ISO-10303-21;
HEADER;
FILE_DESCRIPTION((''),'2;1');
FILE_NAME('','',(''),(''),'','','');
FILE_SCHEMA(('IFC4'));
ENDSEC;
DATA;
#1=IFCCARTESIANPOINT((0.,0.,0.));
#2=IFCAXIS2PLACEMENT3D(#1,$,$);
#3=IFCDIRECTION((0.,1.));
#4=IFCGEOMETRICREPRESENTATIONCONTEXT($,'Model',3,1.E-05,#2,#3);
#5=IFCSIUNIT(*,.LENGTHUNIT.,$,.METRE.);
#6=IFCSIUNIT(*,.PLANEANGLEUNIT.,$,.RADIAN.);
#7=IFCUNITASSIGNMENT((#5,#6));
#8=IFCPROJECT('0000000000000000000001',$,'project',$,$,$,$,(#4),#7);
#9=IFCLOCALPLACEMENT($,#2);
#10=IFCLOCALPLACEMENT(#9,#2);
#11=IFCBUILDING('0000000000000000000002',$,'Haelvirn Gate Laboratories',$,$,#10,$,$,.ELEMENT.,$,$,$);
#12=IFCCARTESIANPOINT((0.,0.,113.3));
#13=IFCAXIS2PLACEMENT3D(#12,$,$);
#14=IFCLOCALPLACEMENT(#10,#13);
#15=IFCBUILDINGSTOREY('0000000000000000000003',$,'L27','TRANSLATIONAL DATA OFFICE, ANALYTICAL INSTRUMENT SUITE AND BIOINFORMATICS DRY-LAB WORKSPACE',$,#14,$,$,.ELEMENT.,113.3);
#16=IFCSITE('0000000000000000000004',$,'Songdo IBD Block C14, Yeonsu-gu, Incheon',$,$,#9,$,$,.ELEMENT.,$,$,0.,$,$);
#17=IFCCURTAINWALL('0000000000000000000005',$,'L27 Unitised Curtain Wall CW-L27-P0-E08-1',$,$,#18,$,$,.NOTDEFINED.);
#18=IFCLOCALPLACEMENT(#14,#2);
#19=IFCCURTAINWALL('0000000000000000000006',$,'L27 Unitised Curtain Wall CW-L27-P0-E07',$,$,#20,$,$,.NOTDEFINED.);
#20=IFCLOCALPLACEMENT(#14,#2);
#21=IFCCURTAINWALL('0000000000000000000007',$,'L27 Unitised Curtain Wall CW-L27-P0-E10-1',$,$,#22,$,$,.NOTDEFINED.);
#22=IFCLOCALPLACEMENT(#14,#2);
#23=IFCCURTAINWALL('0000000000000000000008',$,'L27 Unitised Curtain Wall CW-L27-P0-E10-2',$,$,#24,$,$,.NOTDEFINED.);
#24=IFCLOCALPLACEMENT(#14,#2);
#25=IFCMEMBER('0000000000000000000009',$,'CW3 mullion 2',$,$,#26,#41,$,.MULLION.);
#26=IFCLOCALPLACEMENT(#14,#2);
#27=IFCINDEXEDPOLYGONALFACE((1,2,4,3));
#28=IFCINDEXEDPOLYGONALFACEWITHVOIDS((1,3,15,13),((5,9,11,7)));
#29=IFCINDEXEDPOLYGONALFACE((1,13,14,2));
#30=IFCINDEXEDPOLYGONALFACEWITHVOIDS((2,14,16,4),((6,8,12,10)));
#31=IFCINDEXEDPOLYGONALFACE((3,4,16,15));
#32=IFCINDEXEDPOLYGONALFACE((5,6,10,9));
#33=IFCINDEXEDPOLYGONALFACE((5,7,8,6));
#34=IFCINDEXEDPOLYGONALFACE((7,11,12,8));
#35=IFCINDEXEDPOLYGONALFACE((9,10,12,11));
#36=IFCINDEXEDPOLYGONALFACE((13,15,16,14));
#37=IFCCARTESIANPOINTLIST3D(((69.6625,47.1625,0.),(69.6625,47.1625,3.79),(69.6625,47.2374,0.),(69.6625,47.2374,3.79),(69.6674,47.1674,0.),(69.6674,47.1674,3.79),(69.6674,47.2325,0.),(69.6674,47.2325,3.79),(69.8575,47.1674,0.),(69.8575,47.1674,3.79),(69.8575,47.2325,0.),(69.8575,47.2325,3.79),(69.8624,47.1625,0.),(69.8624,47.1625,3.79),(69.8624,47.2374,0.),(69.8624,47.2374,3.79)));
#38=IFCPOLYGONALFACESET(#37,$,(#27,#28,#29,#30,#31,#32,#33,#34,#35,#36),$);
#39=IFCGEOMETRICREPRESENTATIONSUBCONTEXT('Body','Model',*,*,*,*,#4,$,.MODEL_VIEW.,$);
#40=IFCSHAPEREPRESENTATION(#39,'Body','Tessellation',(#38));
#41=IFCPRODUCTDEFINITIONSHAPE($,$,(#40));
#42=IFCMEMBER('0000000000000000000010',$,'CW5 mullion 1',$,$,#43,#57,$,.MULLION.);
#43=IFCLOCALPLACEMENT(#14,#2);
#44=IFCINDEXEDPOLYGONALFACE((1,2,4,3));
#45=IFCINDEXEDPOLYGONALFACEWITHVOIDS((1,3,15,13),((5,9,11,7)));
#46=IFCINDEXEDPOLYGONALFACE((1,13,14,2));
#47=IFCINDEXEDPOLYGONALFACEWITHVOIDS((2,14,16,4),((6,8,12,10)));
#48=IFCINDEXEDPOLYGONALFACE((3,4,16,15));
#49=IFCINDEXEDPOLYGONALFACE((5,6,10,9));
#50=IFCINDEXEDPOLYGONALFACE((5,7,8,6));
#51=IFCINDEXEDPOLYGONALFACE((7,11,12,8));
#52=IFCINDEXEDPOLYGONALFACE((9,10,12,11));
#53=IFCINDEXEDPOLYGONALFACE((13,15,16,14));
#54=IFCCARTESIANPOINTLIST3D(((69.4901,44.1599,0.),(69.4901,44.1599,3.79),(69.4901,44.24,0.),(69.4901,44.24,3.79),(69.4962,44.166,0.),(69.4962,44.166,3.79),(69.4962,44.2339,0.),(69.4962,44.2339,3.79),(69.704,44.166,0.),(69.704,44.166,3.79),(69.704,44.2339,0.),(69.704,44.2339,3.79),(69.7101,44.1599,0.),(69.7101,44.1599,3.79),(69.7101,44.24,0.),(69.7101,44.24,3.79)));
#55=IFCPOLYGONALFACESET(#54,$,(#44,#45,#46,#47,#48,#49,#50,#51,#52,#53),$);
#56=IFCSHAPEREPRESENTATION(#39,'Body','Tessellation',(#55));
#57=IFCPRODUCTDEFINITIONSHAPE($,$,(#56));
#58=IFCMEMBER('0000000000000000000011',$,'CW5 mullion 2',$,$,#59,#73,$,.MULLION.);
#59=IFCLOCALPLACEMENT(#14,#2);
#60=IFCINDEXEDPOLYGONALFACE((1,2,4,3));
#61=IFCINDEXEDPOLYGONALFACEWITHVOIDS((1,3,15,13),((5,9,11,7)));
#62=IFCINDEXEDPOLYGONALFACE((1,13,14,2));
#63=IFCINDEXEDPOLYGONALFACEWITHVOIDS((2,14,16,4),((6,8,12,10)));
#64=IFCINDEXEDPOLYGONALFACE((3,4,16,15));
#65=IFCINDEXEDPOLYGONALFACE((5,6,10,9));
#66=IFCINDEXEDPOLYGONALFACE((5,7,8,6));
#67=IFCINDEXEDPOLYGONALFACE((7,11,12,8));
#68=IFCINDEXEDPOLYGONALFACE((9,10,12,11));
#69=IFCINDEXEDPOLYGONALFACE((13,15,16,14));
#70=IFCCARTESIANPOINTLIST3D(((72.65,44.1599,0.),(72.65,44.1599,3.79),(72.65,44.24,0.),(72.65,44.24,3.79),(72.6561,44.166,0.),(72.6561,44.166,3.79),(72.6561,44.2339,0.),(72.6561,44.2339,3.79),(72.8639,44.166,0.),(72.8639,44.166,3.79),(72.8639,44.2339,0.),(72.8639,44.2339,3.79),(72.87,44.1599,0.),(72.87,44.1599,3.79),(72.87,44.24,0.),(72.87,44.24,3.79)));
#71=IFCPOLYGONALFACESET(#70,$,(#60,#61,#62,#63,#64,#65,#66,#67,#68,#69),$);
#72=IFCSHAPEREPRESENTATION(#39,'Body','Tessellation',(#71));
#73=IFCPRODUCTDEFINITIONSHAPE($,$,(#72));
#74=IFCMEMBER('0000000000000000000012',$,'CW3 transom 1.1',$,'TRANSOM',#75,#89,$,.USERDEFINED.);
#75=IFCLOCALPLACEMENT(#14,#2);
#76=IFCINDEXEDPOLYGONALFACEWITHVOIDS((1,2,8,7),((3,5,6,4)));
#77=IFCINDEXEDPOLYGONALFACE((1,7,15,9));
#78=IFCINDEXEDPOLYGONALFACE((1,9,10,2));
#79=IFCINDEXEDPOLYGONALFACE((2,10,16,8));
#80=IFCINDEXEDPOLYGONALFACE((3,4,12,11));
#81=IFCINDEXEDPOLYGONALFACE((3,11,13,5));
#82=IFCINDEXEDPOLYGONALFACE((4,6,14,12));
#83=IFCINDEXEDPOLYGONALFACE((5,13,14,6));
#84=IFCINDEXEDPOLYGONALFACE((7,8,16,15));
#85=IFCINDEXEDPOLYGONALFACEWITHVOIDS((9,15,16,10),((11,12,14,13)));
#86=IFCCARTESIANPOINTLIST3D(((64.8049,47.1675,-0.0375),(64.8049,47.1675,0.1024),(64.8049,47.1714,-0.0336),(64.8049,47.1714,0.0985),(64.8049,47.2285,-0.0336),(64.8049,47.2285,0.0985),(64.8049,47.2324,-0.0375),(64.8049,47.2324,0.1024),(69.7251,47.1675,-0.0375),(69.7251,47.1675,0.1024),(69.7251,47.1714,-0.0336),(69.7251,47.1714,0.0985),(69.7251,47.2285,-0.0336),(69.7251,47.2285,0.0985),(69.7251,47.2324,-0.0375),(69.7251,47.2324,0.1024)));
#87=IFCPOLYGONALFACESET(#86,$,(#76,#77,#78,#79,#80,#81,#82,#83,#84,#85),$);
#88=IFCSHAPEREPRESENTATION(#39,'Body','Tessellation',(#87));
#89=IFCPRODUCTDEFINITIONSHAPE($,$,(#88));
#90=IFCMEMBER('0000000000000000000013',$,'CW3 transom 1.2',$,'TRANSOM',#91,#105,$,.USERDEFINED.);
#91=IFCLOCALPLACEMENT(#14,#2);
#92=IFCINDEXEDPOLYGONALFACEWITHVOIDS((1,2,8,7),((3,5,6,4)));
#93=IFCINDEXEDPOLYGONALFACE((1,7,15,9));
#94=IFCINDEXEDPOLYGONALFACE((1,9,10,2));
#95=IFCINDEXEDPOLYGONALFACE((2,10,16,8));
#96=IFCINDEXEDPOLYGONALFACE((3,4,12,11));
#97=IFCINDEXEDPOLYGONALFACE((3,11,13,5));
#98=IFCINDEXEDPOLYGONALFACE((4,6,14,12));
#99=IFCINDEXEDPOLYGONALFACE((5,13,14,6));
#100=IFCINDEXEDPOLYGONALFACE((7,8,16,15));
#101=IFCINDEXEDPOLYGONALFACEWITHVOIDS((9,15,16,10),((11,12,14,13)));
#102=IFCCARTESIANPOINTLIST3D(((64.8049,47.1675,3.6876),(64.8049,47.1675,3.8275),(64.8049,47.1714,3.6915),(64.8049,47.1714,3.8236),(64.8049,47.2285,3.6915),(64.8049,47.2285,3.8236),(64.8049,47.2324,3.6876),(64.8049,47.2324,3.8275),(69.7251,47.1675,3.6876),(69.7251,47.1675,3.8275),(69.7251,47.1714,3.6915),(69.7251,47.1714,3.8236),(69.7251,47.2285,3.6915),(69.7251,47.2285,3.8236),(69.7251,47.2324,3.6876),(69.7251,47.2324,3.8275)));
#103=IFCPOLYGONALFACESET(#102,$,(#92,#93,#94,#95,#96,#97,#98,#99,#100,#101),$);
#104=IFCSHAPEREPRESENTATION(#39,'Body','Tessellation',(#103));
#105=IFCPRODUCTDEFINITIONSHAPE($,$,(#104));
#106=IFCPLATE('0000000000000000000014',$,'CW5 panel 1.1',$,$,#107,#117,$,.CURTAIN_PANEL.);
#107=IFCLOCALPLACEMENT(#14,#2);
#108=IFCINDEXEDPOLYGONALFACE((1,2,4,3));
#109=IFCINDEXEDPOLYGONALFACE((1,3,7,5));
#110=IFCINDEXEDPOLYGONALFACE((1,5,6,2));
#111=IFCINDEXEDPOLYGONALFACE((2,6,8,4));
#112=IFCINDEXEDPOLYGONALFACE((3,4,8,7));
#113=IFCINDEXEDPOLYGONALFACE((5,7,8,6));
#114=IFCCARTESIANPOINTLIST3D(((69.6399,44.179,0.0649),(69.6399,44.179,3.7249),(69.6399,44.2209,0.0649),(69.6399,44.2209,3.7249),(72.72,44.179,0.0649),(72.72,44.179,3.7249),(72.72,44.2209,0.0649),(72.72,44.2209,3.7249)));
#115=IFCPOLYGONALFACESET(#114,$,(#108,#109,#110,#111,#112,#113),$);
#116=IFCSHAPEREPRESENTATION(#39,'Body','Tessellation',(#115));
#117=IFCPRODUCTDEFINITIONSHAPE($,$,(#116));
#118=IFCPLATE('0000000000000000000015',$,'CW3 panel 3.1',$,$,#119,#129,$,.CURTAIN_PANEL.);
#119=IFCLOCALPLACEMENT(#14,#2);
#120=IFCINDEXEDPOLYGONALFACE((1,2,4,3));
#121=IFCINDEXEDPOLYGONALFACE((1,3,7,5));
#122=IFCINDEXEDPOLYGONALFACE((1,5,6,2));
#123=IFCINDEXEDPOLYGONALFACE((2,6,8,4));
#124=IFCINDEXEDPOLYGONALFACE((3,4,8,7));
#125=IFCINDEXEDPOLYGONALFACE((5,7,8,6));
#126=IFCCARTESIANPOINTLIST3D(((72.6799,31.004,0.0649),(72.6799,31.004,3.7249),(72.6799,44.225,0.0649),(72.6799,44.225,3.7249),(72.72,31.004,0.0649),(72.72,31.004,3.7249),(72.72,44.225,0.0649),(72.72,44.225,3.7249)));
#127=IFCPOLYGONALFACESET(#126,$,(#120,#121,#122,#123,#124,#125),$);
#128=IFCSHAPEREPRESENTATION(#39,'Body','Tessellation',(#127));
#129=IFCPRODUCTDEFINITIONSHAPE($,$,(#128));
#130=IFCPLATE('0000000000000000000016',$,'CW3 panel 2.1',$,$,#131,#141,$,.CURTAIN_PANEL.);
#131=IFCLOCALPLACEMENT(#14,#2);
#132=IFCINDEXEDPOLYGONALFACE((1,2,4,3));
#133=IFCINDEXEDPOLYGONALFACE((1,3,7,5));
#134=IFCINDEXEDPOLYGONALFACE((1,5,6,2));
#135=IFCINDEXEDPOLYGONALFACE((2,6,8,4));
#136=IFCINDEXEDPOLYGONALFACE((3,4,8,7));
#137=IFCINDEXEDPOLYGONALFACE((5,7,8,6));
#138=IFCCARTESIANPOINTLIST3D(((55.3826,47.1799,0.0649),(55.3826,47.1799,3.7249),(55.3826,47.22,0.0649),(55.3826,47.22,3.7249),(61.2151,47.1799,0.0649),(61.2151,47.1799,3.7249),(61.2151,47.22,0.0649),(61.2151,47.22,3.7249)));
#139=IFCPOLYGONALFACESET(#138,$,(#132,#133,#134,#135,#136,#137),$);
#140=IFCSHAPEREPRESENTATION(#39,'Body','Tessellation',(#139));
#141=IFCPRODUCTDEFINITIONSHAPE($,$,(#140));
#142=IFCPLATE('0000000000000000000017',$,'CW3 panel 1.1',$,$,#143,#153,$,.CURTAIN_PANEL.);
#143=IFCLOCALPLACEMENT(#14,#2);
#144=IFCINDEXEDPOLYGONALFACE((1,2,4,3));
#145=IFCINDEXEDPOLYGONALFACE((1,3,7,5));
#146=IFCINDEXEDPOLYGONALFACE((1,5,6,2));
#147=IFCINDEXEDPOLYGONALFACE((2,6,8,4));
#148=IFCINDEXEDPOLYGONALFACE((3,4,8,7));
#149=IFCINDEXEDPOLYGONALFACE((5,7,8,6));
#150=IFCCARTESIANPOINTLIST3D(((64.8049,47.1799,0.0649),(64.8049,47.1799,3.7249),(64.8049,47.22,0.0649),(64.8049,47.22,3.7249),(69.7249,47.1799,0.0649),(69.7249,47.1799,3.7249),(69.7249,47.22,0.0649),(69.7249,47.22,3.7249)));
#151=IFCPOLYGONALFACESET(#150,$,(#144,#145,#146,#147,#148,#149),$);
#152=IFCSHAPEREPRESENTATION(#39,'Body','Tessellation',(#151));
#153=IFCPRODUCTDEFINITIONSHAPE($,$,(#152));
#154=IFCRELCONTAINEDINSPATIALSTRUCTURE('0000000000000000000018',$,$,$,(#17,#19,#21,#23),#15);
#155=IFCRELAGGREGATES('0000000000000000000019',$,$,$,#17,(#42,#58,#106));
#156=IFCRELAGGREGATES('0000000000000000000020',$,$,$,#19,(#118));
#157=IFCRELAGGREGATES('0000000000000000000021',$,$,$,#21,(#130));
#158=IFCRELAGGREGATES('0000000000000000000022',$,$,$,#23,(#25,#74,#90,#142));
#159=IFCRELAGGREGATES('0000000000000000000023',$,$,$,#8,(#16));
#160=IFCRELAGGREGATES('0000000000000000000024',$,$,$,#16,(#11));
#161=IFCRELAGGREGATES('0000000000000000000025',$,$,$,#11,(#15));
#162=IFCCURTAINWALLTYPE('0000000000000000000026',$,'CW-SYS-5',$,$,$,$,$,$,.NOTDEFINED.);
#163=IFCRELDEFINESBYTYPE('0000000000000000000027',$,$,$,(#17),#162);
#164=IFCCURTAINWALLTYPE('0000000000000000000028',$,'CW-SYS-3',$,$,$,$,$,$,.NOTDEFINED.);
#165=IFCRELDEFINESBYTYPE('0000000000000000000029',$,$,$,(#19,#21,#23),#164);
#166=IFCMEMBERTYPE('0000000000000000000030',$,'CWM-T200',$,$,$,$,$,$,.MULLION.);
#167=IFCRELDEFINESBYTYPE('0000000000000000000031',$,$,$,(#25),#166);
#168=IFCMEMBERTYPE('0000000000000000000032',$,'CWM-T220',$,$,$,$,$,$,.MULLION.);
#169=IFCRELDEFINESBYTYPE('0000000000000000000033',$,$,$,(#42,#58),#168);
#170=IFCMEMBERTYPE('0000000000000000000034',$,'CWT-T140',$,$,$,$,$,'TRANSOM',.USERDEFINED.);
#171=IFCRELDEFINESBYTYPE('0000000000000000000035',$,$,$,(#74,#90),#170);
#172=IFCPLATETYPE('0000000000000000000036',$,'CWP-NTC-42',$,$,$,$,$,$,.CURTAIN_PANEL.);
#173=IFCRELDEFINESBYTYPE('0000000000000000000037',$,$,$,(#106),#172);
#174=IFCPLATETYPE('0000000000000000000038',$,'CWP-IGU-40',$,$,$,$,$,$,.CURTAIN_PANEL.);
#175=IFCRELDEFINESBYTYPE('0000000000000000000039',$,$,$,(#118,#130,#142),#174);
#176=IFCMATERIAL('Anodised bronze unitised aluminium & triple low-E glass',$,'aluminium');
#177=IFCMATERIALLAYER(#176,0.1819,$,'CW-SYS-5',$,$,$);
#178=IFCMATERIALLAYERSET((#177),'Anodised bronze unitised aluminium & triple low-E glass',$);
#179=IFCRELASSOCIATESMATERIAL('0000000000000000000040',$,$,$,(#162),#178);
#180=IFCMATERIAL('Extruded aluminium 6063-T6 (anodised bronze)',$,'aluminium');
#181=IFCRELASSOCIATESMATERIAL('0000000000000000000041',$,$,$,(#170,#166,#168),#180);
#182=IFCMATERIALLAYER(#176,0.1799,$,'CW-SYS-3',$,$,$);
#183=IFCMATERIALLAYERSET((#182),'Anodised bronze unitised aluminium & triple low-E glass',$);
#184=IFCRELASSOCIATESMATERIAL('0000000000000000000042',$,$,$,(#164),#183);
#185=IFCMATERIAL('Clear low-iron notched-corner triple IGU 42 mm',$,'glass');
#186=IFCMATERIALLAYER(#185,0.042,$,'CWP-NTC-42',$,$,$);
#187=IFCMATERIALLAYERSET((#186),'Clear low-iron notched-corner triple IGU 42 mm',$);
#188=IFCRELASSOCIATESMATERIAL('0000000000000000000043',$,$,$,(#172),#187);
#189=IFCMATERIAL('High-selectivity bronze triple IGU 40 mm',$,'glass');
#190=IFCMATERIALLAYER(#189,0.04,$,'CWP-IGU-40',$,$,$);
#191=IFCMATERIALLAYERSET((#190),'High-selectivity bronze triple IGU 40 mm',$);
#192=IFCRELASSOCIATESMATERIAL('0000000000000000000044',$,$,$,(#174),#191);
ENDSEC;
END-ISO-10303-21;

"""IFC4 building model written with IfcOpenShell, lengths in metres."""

from ifc_helpers import new_model, si_unit, direction, frame, origin, origin_2d, place, context, subcontext, project, spatial, rectangle, hollow_rectangle, extrude, source, transform, mapped, material, layer, layer_set, material_profile, profile_set, type_object, type_shapes, element, aggregate, save


model = new_model("IFC4")

# Units and contexts
model_context = context("Model", 3, precision=1e-05, world=origin(), true_north=direction((0.0, 1.0)))
body_context = subcontext(model_context, "Body", "Model", "MODEL_VIEW")
ifc_project = project(units=[si_unit("LENGTHUNIT", "METRE"), si_unit("PLANEANGLEUNIT", "RADIAN")], contexts=[model_context])

# Site, building, storey
site_placement = place(None, origin())
site = spatial("IfcSite", under=ifc_project, at=site_placement, Name="Songdo IBD Block C14, Yeonsu-gu, Incheon", CompositionType="ELEMENT", RefElevation=0.0)
building_placement = place(site_placement, origin())
building = spatial("IfcBuilding", under=site, at=building_placement, Name="Haelvirn Gate Laboratories", CompositionType="ELEMENT")
storey_placement = place(building_placement, frame((0.0, 0.0, 113.3)))
storey = spatial("IfcBuildingStorey", under=building, at=storey_placement, Name="L27", Description="TRANSLATIONAL DATA OFFICE, ANALYTICAL INSTRUMENT SUITE AND BIOINFORMATICS DRY-LAB WORKSPACE", CompositionType="ELEMENT", Elevation=113.3)

# Curtain wall
ifc_material_1 = material(Name="Anodised bronze unitised aluminium & triple low-E glass", Category="aluminium")
ifc_layer_1 = layer(ifc_material_1, 0.1819, Name="CW-SYS-5")
ifc_layer_set_1 = layer_set([ifc_layer_1], Name="Anodised bronze unitised aluminium & triple low-E glass")
curtain_wall_type_1 = type_object("IfcCurtainWallType", Name="CW-SYS-5", PredefinedType="NOTDEFINED", material=ifc_layer_set_1)
curtain_wall_1_placement = place(storey_placement, origin())
curtain_wall_1 = element("IfcCurtainWall", 1, at=curtain_wall_1_placement, inside=storey, type_object=curtain_wall_type_1, Name="L27 Unitised Curtain Wall CW-L27-P0-E08-1", PredefinedType="NOTDEFINED")
ifc_material_2 = material(Name="Extruded aluminium 6063-T6 (anodised bronze)", Category="aluminium")
ifc_material_profile_1 = material_profile(ifc_material_2, hollow_rectangle(XDim=0.0649, YDim=0.1399, WallThickness=0.0039, at=origin_2d()), Name="CWT-140x65x4")
ifc_profile_set_1 = profile_set([ifc_material_profile_1], Name="Extruded aluminium 6063-T6 (anodised bronze)")
member_type_1 = type_object("IfcMemberType", Name="CWT-T140", ElementType="TRANSOM", PredefinedType="USERDEFINED", material=ifc_profile_set_1)

# Curtain walls
ifc_layer_2 = layer(ifc_material_1, 0.1799, Name="CW-SYS-3")
ifc_layer_set_2 = layer_set([ifc_layer_2], Name="Anodised bronze unitised aluminium & triple low-E glass")
curtain_wall_type_2 = type_object("IfcCurtainWallType", Name="CW-SYS-3", PredefinedType="NOTDEFINED", material=ifc_layer_set_2)
curtain_wall_2_placement = place(storey_placement, origin())
curtain_wall_2 = element("IfcCurtainWall", 2, at=curtain_wall_2_placement, inside=storey, type_object=curtain_wall_type_2, Name="L27 Unitised Curtain Wall CW-L27-P0-E07", PredefinedType="NOTDEFINED")
ifc_material_profile_2 = material_profile(ifc_material_2, hollow_rectangle(XDim=0.075, YDim=0.2, WallThickness=0.0049, at=origin_2d()), Name="CWM-200x75x5")
ifc_profile_set_2 = profile_set([ifc_material_profile_2], Name="Extruded aluminium 6063-T6 (anodised bronze)")
member_type_2 = type_object("IfcMemberType", Name="CWM-T200", PredefinedType="MULLION", material=ifc_profile_set_2)
shared_shape_1 = source(origin(), body_context, "Body", "SweptSolid", [
    extrude(hollow_rectangle(XDim=0.075, YDim=0.2, WallThickness=0.0049, at=origin_2d()), origin(), (0.0, 0.0, 1.0), 3.79),
])
type_shapes(member_type_2, [shared_shape_1])
curtain_wall_3_placement = place(storey_placement, origin())
curtain_wall_3 = element("IfcCurtainWall", 3, at=curtain_wall_3_placement, inside=storey, type_object=curtain_wall_type_2, Name="L27 Unitised Curtain Wall CW-L27-P0-E10-1", PredefinedType="NOTDEFINED")

# Curtain wall, member
curtain_wall_4_placement = place(storey_placement, origin())
curtain_wall_4 = element("IfcCurtainWall", 4, at=curtain_wall_4_placement, inside=storey, type_object=curtain_wall_type_2, Name="L27 Unitised Curtain Wall CW-L27-P0-E10-2", PredefinedType="NOTDEFINED")
member_1_placement = place(storey_placement, frame((69.7625, 47.2, 0.0), z_axis=(0.0, 0.0, 1.0), x_axis=(0.0, 1.0, 0.0)))
member_1 = element("IfcMember", 5, at=member_1_placement, type_object=member_type_2, Name="CW3 mullion 2", PredefinedType="MULLION", context=body_context, shape_type="MappedRepresentation", body=[
    mapped(shared_shape_1, transform((0.0, 0.0, 0.0), scale=1.0)),
])

# Members
ifc_material_profile_3 = material_profile(ifc_material_2, hollow_rectangle(XDim=0.0801, YDim=0.22, WallThickness=0.0061, at=origin_2d()), Name="CWM-220x80x6")
ifc_profile_set_3 = profile_set([ifc_material_profile_3], Name="Extruded aluminium 6063-T6 (anodised bronze)")
member_type_3 = type_object("IfcMemberType", Name="CWM-T220", PredefinedType="MULLION", material=ifc_profile_set_3)
shared_shape_2 = source(origin(), body_context, "Body", "SweptSolid", [
    extrude(hollow_rectangle(XDim=0.0801, YDim=0.22, WallThickness=0.0061, at=origin_2d()), origin(), (0.0, 0.0, 1.0), 3.79),
])
type_shapes(member_type_3, [shared_shape_2])
member_2_placement = place(storey_placement, frame((69.6001, 44.2, 0.0), z_axis=(0.0, 0.0, 1.0), x_axis=(0.0, 1.0, 0.0)))
member_2 = element("IfcMember", 6, at=member_2_placement, type_object=member_type_3, Name="CW5 mullion 1", PredefinedType="MULLION", context=body_context, shape_type="MappedRepresentation", body=[
    mapped(shared_shape_2, transform((0.0, 0.0, 0.0), scale=1.0)),
])
member_3_placement = place(storey_placement, frame((72.76, 44.2, 0.0), z_axis=(0.0, 0.0, 1.0), x_axis=(0.0, 1.0, 0.0)))
member_3 = element("IfcMember", 7, at=member_3_placement, type_object=member_type_3, Name="CW5 mullion 2", PredefinedType="MULLION", context=body_context, shape_type="MappedRepresentation", body=[
    mapped(shared_shape_2, transform((0.0, 0.0, 0.0), scale=1.0)),
])
shared_shape_3 = source(origin(), body_context, "Body", "SweptSolid", [
    extrude(hollow_rectangle(XDim=0.0649, YDim=0.1399, WallThickness=0.0039, at=origin_2d()), origin(), (0.0, 0.0, 1.0), 4.9202),
])
member_4_placement = place(storey_placement, frame((64.8049, 47.2, 0.0325), z_axis=(1.0, 0.0, 0.0), x_axis=(0.0, 1.0, 0.0)))
member_4 = element("IfcMember", 8, at=member_4_placement, type_object=member_type_1, Name="CW3 transom 1.1", ObjectType="TRANSOM", PredefinedType="USERDEFINED", context=body_context, shape_type="MappedRepresentation", body=[
    mapped(shared_shape_3, transform((0.0, 0.0, 0.0), scale=1.0)),
])
member_5_placement = place(storey_placement, frame((64.8049, 47.2, 3.7576), z_axis=(1.0, 0.0, 0.0), x_axis=(0.0, 1.0, 0.0)))
member_5 = element("IfcMember", 9, at=member_5_placement, type_object=member_type_1, Name="CW3 transom 1.2", ObjectType="TRANSOM", PredefinedType="USERDEFINED", context=body_context, shape_type="MappedRepresentation", body=[
    mapped(shared_shape_3, transform((0.0, 0.0, 0.0), scale=1.0)),
])

# Plates
ifc_material_3 = material(Name="Clear low-iron notched-corner triple IGU 42 mm", Category="glass")
ifc_layer_3 = layer(ifc_material_3, 0.042, Name="CWP-NTC-42")
ifc_layer_set_3 = layer_set([ifc_layer_3], Name="Clear low-iron notched-corner triple IGU 42 mm")
plate_type_1 = type_object("IfcPlateType", Name="CWP-NTC-42", PredefinedType="CURTAIN_PANEL", material=ifc_layer_set_3)
shared_shape_4 = source(origin(), body_context, "Body", "SweptSolid", [
    extrude(rectangle(XDim=3.0801, YDim=0.042, at=origin_2d()), origin(), (0.0, 0.0, 1.0), 3.6599),
])
type_shapes(plate_type_1, [shared_shape_4])
plate_1_placement = place(storey_placement, frame((71.1799, 44.2, 0.0649), z_axis=(0.0, 0.0, 1.0), x_axis=(1.0, 0.0, 0.0)))
plate_1 = element("IfcPlate", 10, at=plate_1_placement, type_object=plate_type_1, Name="CW5 panel 1.1", PredefinedType="CURTAIN_PANEL", context=body_context, shape_type="MappedRepresentation", body=[
    mapped(shared_shape_4, transform((0.0, 0.0, 0.0), scale=1.0)),
])
aggregate(curtain_wall_1, [member_2, member_3, plate_1])
ifc_material_4 = material(Name="High-selectivity bronze triple IGU 40 mm", Category="glass")
ifc_layer_4 = layer(ifc_material_4, 0.04, Name="CWP-IGU-40")
ifc_layer_set_4 = layer_set([ifc_layer_4], Name="High-selectivity bronze triple IGU 40 mm")
plate_type_2 = type_object("IfcPlateType", Name="CWP-IGU-40", PredefinedType="CURTAIN_PANEL", material=ifc_layer_set_4)
shared_shape_5 = source(origin(), body_context, "Body", "SweptSolid", [
    extrude(rectangle(XDim=13.2209, YDim=0.04, at=origin_2d()), origin(), (0.0, 0.0, 1.0), 3.6599),
])
plate_2_placement = place(storey_placement, frame((72.7, 37.6145, 0.0649), z_axis=(0.0, 0.0, 1.0), x_axis=(0.0, 1.0, 0.0)))
plate_2 = element("IfcPlate", 11, at=plate_2_placement, type_object=plate_type_2, Name="CW3 panel 3.1", PredefinedType="CURTAIN_PANEL", context=body_context, shape_type="MappedRepresentation", body=[
    mapped(shared_shape_5, transform((0.0, 0.0, 0.0), scale=1.0)),
])
aggregate(curtain_wall_2, [plate_2])
shared_shape_6 = source(origin(), body_context, "Body", "SweptSolid", [
    extrude(rectangle(XDim=5.8325, YDim=0.04, at=origin_2d()), origin(), (0.0, 0.0, 1.0), 3.6599),
])
plate_3_placement = place(storey_placement, frame((58.2988, 47.2, 0.0649), z_axis=(0.0, 0.0, 1.0), x_axis=(1.0, 0.0, 0.0)))
plate_3 = element("IfcPlate", 12, at=plate_3_placement, type_object=plate_type_2, Name="CW3 panel 2.1", PredefinedType="CURTAIN_PANEL", context=body_context, shape_type="MappedRepresentation", body=[
    mapped(shared_shape_6, transform((0.0, 0.0, 0.0), scale=1.0)),
])
aggregate(curtain_wall_3, [plate_3])
shared_shape_7 = source(origin(), body_context, "Body", "SweptSolid", [
    extrude(rectangle(XDim=4.9199, YDim=0.04, at=origin_2d()), origin(), (0.0, 0.0, 1.0), 3.6599),
])
type_shapes(plate_type_2, [shared_shape_5, shared_shape_6, shared_shape_7])
plate_4_placement = place(storey_placement, frame((67.2649, 47.2, 0.0649), z_axis=(0.0, 0.0, 1.0), x_axis=(1.0, 0.0, 0.0)))
plate_4 = element("IfcPlate", 13, at=plate_4_placement, type_object=plate_type_2, Name="CW3 panel 1.1", PredefinedType="CURTAIN_PANEL", context=body_context, shape_type="MappedRepresentation", body=[
    mapped(shared_shape_7, transform((0.0, 0.0, 0.0), scale=1.0)),
])
aggregate(curtain_wall_4, [member_1, member_4, member_5, plate_4])

save(model, "model.ifc")
